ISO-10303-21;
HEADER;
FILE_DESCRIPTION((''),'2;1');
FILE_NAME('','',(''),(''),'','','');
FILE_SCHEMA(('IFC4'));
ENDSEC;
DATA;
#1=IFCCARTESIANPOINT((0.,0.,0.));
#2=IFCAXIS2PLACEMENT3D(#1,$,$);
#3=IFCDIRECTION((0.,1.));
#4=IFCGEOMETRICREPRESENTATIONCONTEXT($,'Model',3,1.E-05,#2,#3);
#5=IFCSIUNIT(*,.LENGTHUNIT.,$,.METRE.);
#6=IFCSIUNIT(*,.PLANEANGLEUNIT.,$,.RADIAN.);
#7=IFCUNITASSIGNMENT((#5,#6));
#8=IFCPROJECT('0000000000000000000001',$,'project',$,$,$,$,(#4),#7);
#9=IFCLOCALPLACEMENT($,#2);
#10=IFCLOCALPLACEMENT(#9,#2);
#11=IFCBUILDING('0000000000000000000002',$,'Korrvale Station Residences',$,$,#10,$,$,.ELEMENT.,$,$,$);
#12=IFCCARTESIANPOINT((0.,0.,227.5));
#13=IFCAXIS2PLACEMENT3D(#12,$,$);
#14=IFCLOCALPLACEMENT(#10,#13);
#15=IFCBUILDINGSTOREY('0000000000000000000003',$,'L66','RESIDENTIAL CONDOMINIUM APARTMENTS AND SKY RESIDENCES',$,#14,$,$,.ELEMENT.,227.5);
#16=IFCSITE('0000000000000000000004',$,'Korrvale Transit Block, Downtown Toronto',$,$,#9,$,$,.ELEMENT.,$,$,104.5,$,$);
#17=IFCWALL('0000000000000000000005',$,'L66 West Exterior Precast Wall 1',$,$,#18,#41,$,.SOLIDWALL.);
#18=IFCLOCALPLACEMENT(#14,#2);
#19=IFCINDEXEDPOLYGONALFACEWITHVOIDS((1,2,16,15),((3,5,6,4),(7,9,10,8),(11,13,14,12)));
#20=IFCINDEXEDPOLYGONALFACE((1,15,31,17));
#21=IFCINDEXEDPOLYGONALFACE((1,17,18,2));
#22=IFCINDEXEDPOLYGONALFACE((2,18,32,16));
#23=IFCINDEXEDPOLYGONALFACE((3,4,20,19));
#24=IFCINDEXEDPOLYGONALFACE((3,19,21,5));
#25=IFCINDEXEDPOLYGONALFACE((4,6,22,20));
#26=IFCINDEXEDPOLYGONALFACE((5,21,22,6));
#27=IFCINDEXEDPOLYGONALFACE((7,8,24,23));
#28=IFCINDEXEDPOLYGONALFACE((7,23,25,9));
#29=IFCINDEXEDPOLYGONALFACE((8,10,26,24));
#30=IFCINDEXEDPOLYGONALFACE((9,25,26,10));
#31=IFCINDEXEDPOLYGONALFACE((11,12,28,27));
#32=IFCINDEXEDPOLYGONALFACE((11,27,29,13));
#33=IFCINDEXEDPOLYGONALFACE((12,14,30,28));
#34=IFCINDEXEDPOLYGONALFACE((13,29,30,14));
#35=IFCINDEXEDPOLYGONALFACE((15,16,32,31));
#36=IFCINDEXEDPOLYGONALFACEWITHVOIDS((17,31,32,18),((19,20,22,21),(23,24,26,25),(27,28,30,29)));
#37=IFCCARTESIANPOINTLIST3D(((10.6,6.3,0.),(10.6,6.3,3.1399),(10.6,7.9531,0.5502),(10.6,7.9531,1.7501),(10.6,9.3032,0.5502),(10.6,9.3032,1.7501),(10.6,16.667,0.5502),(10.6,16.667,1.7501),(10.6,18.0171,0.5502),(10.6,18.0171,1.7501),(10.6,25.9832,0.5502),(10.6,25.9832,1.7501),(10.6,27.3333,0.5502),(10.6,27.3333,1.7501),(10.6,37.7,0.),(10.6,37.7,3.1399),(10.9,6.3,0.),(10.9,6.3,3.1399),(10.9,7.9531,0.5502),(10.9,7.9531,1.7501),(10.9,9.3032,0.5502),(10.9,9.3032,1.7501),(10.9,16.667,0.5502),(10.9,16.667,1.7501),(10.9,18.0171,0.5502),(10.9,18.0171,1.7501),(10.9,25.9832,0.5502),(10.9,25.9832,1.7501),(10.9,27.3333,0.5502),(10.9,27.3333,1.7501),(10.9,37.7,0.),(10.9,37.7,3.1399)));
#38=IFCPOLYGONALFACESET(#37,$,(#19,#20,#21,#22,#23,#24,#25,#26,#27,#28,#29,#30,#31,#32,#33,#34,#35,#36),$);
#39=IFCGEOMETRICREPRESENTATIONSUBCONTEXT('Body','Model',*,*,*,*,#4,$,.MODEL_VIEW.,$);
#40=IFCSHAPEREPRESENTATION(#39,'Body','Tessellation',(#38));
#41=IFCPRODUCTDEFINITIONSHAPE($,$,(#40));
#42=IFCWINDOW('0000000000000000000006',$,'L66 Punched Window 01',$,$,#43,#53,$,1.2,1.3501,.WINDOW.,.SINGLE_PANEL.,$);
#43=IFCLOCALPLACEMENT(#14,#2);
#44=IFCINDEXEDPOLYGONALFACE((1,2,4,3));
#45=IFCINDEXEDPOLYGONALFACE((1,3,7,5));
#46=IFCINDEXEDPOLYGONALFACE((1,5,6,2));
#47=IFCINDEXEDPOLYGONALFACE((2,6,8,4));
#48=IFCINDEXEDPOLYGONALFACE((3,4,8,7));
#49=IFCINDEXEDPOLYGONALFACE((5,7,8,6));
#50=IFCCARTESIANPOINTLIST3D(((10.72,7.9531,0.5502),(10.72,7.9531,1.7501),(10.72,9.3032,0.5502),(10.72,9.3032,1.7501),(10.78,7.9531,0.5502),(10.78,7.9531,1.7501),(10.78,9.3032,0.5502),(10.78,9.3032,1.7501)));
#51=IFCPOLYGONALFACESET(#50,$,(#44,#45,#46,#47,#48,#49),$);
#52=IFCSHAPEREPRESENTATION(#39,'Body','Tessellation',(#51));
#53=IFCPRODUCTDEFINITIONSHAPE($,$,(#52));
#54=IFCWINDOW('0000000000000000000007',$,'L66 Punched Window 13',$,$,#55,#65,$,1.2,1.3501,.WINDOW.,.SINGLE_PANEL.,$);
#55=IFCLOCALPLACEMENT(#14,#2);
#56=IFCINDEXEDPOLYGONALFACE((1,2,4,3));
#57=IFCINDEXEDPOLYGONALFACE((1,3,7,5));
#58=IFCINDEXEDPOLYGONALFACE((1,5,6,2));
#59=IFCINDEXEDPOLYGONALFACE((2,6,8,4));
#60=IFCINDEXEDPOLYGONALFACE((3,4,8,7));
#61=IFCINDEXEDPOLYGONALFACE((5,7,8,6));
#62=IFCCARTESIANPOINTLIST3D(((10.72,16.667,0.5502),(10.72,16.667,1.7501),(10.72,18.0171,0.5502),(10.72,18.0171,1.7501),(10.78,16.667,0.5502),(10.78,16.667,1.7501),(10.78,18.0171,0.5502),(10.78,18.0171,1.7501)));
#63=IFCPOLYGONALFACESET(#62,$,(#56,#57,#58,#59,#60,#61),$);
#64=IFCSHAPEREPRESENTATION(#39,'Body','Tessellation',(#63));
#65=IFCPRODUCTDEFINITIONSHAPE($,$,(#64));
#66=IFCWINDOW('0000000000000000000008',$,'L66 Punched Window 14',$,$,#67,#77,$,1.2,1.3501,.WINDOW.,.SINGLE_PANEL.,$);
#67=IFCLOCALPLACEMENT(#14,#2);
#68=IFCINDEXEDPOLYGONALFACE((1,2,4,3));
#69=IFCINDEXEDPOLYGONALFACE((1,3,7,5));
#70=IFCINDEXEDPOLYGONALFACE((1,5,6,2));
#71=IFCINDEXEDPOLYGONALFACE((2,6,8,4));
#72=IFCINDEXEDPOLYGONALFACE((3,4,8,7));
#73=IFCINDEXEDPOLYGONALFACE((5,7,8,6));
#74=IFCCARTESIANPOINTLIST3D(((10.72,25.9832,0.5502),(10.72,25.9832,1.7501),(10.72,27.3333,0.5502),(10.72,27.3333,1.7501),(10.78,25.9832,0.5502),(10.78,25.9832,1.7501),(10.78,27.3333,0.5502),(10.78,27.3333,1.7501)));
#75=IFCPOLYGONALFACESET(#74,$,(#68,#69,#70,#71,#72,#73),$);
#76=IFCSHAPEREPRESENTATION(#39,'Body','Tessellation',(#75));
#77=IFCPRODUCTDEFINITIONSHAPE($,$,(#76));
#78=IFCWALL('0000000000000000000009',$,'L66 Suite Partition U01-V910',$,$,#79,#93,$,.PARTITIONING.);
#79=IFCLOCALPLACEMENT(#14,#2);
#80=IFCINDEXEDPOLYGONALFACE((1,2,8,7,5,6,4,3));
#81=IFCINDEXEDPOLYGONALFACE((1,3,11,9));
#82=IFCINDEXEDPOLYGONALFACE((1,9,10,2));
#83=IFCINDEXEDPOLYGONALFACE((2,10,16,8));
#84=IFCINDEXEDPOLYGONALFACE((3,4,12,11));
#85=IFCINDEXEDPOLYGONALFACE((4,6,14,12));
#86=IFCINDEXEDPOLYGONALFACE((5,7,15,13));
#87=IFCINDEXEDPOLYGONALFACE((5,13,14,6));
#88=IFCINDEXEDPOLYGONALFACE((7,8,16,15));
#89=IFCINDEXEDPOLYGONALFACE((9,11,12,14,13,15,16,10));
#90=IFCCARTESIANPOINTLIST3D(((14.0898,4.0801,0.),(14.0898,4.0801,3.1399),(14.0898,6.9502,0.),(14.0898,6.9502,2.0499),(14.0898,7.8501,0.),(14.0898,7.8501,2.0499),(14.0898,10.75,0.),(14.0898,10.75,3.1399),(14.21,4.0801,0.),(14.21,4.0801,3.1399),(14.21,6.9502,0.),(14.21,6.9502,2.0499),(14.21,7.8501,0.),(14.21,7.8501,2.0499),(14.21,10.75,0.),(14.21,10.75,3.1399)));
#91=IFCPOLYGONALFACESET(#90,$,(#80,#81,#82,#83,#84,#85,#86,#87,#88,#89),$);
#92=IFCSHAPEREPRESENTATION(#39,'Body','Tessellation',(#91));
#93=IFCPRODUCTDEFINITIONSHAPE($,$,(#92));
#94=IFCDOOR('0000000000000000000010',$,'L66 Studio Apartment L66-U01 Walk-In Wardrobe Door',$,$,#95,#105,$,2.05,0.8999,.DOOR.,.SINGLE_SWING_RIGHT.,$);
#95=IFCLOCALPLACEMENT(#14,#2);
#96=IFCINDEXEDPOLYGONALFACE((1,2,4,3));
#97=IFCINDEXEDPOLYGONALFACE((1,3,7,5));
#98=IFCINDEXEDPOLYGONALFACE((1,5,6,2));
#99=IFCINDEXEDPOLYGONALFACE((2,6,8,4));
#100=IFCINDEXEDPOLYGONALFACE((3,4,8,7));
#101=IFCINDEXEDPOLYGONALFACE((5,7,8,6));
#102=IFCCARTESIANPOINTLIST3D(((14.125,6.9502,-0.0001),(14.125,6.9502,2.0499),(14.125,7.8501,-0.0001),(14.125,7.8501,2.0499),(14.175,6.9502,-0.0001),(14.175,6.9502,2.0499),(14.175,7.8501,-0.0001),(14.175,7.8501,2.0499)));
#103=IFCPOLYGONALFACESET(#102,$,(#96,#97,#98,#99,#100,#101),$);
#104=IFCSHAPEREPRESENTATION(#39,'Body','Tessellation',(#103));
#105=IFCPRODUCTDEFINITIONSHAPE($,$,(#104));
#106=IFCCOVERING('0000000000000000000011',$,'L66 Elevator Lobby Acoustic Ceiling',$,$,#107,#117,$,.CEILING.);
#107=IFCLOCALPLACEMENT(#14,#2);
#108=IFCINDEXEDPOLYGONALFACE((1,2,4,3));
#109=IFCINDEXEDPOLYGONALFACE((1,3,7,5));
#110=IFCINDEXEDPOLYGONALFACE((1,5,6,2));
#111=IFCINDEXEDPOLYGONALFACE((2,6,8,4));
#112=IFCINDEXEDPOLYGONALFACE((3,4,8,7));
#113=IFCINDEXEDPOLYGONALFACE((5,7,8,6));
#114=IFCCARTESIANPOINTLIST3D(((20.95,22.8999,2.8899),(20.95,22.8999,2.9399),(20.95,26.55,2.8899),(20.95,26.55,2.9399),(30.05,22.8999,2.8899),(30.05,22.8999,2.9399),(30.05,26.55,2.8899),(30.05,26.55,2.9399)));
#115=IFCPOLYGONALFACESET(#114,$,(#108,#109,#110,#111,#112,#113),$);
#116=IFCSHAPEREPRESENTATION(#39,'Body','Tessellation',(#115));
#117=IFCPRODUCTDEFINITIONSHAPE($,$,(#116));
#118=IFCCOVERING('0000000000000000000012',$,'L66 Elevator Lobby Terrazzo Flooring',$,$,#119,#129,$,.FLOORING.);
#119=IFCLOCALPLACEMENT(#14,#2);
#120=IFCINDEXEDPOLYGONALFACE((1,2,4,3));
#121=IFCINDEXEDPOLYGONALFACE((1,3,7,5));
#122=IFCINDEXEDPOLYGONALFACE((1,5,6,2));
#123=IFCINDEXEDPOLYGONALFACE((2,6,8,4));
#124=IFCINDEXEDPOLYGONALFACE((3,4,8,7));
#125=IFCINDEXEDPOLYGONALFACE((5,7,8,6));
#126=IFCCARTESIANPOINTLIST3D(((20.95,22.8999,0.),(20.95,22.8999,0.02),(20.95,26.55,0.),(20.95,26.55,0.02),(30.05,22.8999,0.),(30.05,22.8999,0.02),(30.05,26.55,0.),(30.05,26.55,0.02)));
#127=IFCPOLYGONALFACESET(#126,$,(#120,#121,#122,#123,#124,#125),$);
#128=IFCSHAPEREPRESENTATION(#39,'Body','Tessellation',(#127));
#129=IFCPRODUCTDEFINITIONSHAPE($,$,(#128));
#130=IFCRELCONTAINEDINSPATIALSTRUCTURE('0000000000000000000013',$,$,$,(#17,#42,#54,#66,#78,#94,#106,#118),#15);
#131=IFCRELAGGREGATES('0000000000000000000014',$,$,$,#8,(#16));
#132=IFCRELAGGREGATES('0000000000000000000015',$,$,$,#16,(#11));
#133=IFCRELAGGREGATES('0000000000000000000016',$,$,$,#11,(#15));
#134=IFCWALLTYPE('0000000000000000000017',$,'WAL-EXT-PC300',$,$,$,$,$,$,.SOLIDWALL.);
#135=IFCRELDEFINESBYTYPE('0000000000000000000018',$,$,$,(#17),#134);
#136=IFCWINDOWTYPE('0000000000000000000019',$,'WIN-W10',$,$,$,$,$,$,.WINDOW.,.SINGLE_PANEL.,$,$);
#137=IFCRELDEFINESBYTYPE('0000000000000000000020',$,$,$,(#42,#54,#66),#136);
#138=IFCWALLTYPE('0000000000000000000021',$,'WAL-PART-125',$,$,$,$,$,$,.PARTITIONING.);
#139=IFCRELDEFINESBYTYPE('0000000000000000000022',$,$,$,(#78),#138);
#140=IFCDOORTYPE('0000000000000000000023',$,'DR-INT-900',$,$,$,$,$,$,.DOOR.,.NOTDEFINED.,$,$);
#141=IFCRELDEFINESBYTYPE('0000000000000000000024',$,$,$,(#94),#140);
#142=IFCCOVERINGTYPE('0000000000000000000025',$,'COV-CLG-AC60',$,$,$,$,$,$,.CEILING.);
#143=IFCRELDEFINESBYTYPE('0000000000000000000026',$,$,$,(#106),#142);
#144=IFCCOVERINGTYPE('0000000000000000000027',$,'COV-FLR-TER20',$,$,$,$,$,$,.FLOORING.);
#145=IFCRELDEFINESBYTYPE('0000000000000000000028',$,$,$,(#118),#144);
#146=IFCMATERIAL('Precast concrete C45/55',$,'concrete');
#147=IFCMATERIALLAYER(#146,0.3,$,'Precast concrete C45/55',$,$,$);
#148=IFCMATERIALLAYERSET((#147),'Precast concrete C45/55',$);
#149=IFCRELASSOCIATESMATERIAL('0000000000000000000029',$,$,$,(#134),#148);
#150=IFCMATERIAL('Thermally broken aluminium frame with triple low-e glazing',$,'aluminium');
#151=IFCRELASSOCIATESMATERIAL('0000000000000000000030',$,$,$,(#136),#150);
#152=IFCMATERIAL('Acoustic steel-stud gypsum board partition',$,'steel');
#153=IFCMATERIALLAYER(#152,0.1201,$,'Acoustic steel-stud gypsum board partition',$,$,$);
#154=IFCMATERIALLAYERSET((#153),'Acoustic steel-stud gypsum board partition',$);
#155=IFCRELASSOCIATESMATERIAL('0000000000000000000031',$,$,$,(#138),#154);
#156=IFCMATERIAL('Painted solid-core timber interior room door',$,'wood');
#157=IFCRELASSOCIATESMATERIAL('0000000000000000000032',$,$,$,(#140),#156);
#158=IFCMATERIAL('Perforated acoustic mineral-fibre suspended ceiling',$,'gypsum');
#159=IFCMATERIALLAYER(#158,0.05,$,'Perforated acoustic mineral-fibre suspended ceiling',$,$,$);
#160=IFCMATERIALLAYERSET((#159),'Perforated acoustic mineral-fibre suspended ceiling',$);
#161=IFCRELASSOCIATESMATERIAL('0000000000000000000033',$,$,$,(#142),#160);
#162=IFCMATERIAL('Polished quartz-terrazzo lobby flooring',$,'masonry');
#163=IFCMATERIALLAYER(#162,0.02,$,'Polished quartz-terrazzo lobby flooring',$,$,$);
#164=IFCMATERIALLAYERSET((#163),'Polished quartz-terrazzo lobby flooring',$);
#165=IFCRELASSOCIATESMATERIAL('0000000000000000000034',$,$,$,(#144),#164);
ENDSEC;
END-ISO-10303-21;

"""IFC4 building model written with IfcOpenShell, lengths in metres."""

from ifc_helpers import new_model, si_unit, direction, frame, frame_2d, origin, place, context, subcontext, project, spatial, polyline, rectangle, outline, extrude, material, layer, layer_set, type_object, element, fill, save


model = new_model("IFC4")

# Units and contexts
model_context = context("Model", 3, precision=1e-05, world=origin(), true_north=direction((0.0, 1.0)))
body_context = subcontext(model_context, "Body", "Model", "MODEL_VIEW")
ifc_project = project(units=[si_unit("LENGTHUNIT", "METRE"), si_unit("PLANEANGLEUNIT", "RADIAN")], contexts=[model_context])

# Site, building, storey
site_placement = place(None, origin())
site = spatial("IfcSite", under=ifc_project, at=site_placement, Name="Korrvale Transit Block, Downtown Toronto", CompositionType="ELEMENT", RefElevation=104.5)
building_placement = place(site_placement, origin())
building = spatial("IfcBuilding", under=site, at=building_placement, Name="Korrvale Station Residences", CompositionType="ELEMENT")
storey_placement = place(building_placement, frame((0.0, 0.0, 227.5)))
storey = spatial("IfcBuildingStorey", under=building, at=storey_placement, Name="L66", Description="RESIDENTIAL CONDOMINIUM APARTMENTS AND SKY RESIDENCES", CompositionType="ELEMENT", Elevation=227.5)

# Shared definitions
ifc_material_1 = material(Name="Precast concrete C45/55", Category="concrete")
ifc_layer_1 = layer(ifc_material_1, 0.3, Name="Precast concrete C45/55")
ifc_layer_set_1 = layer_set([ifc_layer_1], Name="Precast concrete C45/55")
wall_type_1 = type_object("IfcWallType", Name="WAL-EXT-PC300", PredefinedType="SOLIDWALL", material=ifc_layer_set_1)

# Wall, openings, windows
wall_1_placement = place(storey_placement, frame((10.75, 6.3, 0.0), z_axis=(0.0, 0.0, 1.0), x_axis=(0.0, 1.0, 0.0)))
wall_1 = element("IfcWall", 1, at=wall_1_placement, inside=storey, type_object=wall_type_1, Name="L66 West Exterior Precast Wall 1", PredefinedType="SOLIDWALL", context=body_context, shape_type="SweptSolid", body=[
    extrude(rectangle(XDim=31.3999, YDim=0.3, at=frame_2d((15.7, 0.0))), origin(), (0.0, 0.0, 1.0), 3.1399),
])
opening_1_placement = place(wall_1_placement, frame((1.6531, 0.0, 0.55)))
opening_1 = element("IfcOpeningElement", 2, at=opening_1_placement, cuts=wall_1, PredefinedType="OPENING", context=body_context, shape_type="SweptSolid", body=[
    extrude(rectangle(XDim=1.3501, YDim=1.2, at=frame_2d((0.675, 0.6001))), frame((0.0, 0.1602, 0.0), z_axis=(0.0, -1.0, 0.0), x_axis=(1.0, 0.0, 0.0)), (0.0, 0.0, 1.0), 0.3201),
])
opening_2_placement = place(wall_1_placement, frame((10.3669, 0.0, 0.55)))
opening_2 = element("IfcOpeningElement", 3, at=opening_2_placement, cuts=wall_1, PredefinedType="OPENING", context=body_context, shape_type="SweptSolid", body=[
    extrude(rectangle(XDim=1.3501, YDim=1.2, at=frame_2d((0.675, 0.6001))), frame((0.0, 0.1602, 0.0), z_axis=(0.0, -1.0, 0.0), x_axis=(1.0, 0.0, 0.0)), (0.0, 0.0, 1.0), 0.3201),
])
opening_3_placement = place(wall_1_placement, frame((19.6831, 0.0, 0.55)))
opening_3 = element("IfcOpeningElement", 4, at=opening_3_placement, cuts=wall_1, PredefinedType="OPENING", context=body_context, shape_type="SweptSolid", body=[
    extrude(rectangle(XDim=1.3501, YDim=1.2, at=frame_2d((0.675, 0.6001))), frame((0.0, 0.1602, 0.0), z_axis=(0.0, -1.0, 0.0), x_axis=(1.0, 0.0, 0.0)), (0.0, 0.0, 1.0), 0.3201),
])
ifc_material_2 = material(Name="Thermally broken aluminium frame with triple low-e glazing", Category="aluminium")
window_type = type_object("IfcWindowType", Name="WIN-W10", PartitioningType="SINGLE_PANEL", PredefinedType="WINDOW", material=ifc_material_2)
window_1_placement = place(opening_1_placement, origin())
window_1 = element("IfcWindow", 5, at=window_1_placement, inside=storey, type_object=window_type, Name="L66 Punched Window 01", OverallHeight=1.2, OverallWidth=1.3501, PartitioningType="SINGLE_PANEL", PredefinedType="WINDOW", context=body_context, shape_type="SweptSolid", body=[
    extrude(rectangle(XDim=1.3501, YDim=1.2, at=frame_2d((0.675, 0.6001))), frame((0.0, 0.03, 0.0), z_axis=(0.0, -1.0, 0.0), x_axis=(1.0, 0.0, 0.0)), (0.0, 0.0, 1.0), 0.0601),
])
fill(opening_1, window_1)
window_2_placement = place(opening_2_placement, origin())
window_2 = element("IfcWindow", 6, at=window_2_placement, inside=storey, type_object=window_type, Name="L66 Punched Window 13", OverallHeight=1.2, OverallWidth=1.3501, PartitioningType="SINGLE_PANEL", PredefinedType="WINDOW", context=body_context, shape_type="SweptSolid", body=[
    extrude(rectangle(XDim=1.3501, YDim=1.2, at=frame_2d((0.675, 0.6001))), frame((0.0, 0.03, 0.0), z_axis=(0.0, -1.0, 0.0), x_axis=(1.0, 0.0, 0.0)), (0.0, 0.0, 1.0), 0.0601),
])
fill(opening_2, window_2)
window_3_placement = place(opening_3_placement, origin())
window_3 = element("IfcWindow", 7, at=window_3_placement, inside=storey, type_object=window_type, Name="L66 Punched Window 14", OverallHeight=1.2, OverallWidth=1.3501, PartitioningType="SINGLE_PANEL", PredefinedType="WINDOW", context=body_context, shape_type="SweptSolid", body=[
    extrude(rectangle(XDim=1.3501, YDim=1.2, at=frame_2d((0.675, 0.6001))), frame((0.0, 0.03, 0.0), z_axis=(0.0, -1.0, 0.0), x_axis=(1.0, 0.0, 0.0)), (0.0, 0.0, 1.0), 0.0601),
])
fill(opening_3, window_3)

# Wall, opening, door
ifc_material_3 = material(Name="Acoustic steel-stud gypsum board partition", Category="steel")
ifc_layer_2 = layer(ifc_material_3, 0.1201, Name="Acoustic steel-stud gypsum board partition")
ifc_layer_set_2 = layer_set([ifc_layer_2], Name="Acoustic steel-stud gypsum board partition")
wall_type_2 = type_object("IfcWallType", Name="WAL-PART-125", PredefinedType="PARTITIONING", material=ifc_layer_set_2)
wall_2_placement = place(storey_placement, frame((14.1499, 4.0801, 0.0), z_axis=(0.0, 0.0, 1.0), x_axis=(0.0, 1.0, 0.0)))
wall_2 = element("IfcWall", 8, at=wall_2_placement, inside=storey, type_object=wall_type_2, Name="L66 Suite Partition U01-V910", PredefinedType="PARTITIONING", context=body_context, shape_type="SweptSolid", body=[
    extrude(rectangle(XDim=6.6699, YDim=0.1201, at=frame_2d((3.335, 0.0))), origin(), (0.0, 0.0, 1.0), 3.1399),
])
opening_4_placement = place(wall_2_placement, frame((2.8701, 0.0, 0.0)))
opening_4 = element("IfcOpeningElement", 9, at=opening_4_placement, cuts=wall_2, PredefinedType="OPENING", context=body_context, shape_type="SweptSolid", body=[
    extrude(rectangle(XDim=0.8999, YDim=2.05, at=frame_2d((0.45, 1.0249))), frame((0.0, 0.0701, 0.0), z_axis=(0.0, -1.0, 0.0), x_axis=(1.0, 0.0, 0.0)), (0.0, 0.0, 1.0), 0.1401),
])
ifc_material_4 = material(Name="Painted solid-core timber interior room door", Category="wood")
door_type = type_object("IfcDoorType", Name="DR-INT-900", OperationType="NOTDEFINED", PredefinedType="DOOR", material=ifc_material_4)
door_placement = place(opening_4_placement, origin())
door = element("IfcDoor", 10, at=door_placement, inside=storey, type_object=door_type, Name="L66 Studio Apartment L66-U01 Walk-In Wardrobe Door", OperationType="SINGLE_SWING_RIGHT", OverallHeight=2.05, OverallWidth=0.8999, PredefinedType="DOOR", context=body_context, shape_type="SweptSolid", body=[
    extrude(rectangle(XDim=0.8999, YDim=2.05, at=frame_2d((0.45, 1.0249))), frame((0.0, 0.0249, 0.0), z_axis=(0.0, -1.0, 0.0), x_axis=(1.0, 0.0, 0.0)), (0.0, 0.0, 1.0), 0.05),
])
fill(opening_4, door)

# Coverings
ifc_material_5 = material(Name="Perforated acoustic mineral-fibre suspended ceiling", Category="gypsum")
ifc_layer_3 = layer(ifc_material_5, 0.05, Name="Perforated acoustic mineral-fibre suspended ceiling")
ifc_layer_set_3 = layer_set([ifc_layer_3], Name="Perforated acoustic mineral-fibre suspended ceiling")
covering_type_1 = type_object("IfcCoveringType", Name="COV-CLG-AC60", PredefinedType="CEILING", material=ifc_layer_set_3)
covering_1_placement = place(storey_placement, frame((0.0, 0.0, 2.8899)))
element("IfcCovering", 11, at=covering_1_placement, inside=storey, type_object=covering_type_1, Name="L66 Elevator Lobby Acoustic Ceiling", PredefinedType="CEILING", context=body_context, shape_type="SweptSolid", body=[
    extrude(outline(polyline([(20.95, 22.8999), (30.05, 22.8999), (30.05, 26.55), (20.95, 26.55), (20.95, 22.8999)])), origin(), (0.0, 0.0, 1.0), 0.05),
])
ifc_material_6 = material(Name="Polished quartz-terrazzo lobby flooring", Category="masonry")
ifc_layer_4 = layer(ifc_material_6, 0.02, Name="Polished quartz-terrazzo lobby flooring")
ifc_layer_set_4 = layer_set([ifc_layer_4], Name="Polished quartz-terrazzo lobby flooring")
covering_type_2 = type_object("IfcCoveringType", Name="COV-FLR-TER20", PredefinedType="FLOORING", material=ifc_layer_set_4)
covering_2_placement = place(storey_placement, origin())
element("IfcCovering", 12, at=covering_2_placement, inside=storey, type_object=covering_type_2, Name="L66 Elevator Lobby Terrazzo Flooring", PredefinedType="FLOORING", context=body_context, shape_type="SweptSolid", body=[
    extrude(outline(polyline([(20.95, 22.8999), (30.05, 22.8999), (30.05, 26.55), (20.95, 26.55), (20.95, 22.8999)])), origin(), (0.0, 0.0, 1.0), 0.02),
])

save(model, "model.ifc")
